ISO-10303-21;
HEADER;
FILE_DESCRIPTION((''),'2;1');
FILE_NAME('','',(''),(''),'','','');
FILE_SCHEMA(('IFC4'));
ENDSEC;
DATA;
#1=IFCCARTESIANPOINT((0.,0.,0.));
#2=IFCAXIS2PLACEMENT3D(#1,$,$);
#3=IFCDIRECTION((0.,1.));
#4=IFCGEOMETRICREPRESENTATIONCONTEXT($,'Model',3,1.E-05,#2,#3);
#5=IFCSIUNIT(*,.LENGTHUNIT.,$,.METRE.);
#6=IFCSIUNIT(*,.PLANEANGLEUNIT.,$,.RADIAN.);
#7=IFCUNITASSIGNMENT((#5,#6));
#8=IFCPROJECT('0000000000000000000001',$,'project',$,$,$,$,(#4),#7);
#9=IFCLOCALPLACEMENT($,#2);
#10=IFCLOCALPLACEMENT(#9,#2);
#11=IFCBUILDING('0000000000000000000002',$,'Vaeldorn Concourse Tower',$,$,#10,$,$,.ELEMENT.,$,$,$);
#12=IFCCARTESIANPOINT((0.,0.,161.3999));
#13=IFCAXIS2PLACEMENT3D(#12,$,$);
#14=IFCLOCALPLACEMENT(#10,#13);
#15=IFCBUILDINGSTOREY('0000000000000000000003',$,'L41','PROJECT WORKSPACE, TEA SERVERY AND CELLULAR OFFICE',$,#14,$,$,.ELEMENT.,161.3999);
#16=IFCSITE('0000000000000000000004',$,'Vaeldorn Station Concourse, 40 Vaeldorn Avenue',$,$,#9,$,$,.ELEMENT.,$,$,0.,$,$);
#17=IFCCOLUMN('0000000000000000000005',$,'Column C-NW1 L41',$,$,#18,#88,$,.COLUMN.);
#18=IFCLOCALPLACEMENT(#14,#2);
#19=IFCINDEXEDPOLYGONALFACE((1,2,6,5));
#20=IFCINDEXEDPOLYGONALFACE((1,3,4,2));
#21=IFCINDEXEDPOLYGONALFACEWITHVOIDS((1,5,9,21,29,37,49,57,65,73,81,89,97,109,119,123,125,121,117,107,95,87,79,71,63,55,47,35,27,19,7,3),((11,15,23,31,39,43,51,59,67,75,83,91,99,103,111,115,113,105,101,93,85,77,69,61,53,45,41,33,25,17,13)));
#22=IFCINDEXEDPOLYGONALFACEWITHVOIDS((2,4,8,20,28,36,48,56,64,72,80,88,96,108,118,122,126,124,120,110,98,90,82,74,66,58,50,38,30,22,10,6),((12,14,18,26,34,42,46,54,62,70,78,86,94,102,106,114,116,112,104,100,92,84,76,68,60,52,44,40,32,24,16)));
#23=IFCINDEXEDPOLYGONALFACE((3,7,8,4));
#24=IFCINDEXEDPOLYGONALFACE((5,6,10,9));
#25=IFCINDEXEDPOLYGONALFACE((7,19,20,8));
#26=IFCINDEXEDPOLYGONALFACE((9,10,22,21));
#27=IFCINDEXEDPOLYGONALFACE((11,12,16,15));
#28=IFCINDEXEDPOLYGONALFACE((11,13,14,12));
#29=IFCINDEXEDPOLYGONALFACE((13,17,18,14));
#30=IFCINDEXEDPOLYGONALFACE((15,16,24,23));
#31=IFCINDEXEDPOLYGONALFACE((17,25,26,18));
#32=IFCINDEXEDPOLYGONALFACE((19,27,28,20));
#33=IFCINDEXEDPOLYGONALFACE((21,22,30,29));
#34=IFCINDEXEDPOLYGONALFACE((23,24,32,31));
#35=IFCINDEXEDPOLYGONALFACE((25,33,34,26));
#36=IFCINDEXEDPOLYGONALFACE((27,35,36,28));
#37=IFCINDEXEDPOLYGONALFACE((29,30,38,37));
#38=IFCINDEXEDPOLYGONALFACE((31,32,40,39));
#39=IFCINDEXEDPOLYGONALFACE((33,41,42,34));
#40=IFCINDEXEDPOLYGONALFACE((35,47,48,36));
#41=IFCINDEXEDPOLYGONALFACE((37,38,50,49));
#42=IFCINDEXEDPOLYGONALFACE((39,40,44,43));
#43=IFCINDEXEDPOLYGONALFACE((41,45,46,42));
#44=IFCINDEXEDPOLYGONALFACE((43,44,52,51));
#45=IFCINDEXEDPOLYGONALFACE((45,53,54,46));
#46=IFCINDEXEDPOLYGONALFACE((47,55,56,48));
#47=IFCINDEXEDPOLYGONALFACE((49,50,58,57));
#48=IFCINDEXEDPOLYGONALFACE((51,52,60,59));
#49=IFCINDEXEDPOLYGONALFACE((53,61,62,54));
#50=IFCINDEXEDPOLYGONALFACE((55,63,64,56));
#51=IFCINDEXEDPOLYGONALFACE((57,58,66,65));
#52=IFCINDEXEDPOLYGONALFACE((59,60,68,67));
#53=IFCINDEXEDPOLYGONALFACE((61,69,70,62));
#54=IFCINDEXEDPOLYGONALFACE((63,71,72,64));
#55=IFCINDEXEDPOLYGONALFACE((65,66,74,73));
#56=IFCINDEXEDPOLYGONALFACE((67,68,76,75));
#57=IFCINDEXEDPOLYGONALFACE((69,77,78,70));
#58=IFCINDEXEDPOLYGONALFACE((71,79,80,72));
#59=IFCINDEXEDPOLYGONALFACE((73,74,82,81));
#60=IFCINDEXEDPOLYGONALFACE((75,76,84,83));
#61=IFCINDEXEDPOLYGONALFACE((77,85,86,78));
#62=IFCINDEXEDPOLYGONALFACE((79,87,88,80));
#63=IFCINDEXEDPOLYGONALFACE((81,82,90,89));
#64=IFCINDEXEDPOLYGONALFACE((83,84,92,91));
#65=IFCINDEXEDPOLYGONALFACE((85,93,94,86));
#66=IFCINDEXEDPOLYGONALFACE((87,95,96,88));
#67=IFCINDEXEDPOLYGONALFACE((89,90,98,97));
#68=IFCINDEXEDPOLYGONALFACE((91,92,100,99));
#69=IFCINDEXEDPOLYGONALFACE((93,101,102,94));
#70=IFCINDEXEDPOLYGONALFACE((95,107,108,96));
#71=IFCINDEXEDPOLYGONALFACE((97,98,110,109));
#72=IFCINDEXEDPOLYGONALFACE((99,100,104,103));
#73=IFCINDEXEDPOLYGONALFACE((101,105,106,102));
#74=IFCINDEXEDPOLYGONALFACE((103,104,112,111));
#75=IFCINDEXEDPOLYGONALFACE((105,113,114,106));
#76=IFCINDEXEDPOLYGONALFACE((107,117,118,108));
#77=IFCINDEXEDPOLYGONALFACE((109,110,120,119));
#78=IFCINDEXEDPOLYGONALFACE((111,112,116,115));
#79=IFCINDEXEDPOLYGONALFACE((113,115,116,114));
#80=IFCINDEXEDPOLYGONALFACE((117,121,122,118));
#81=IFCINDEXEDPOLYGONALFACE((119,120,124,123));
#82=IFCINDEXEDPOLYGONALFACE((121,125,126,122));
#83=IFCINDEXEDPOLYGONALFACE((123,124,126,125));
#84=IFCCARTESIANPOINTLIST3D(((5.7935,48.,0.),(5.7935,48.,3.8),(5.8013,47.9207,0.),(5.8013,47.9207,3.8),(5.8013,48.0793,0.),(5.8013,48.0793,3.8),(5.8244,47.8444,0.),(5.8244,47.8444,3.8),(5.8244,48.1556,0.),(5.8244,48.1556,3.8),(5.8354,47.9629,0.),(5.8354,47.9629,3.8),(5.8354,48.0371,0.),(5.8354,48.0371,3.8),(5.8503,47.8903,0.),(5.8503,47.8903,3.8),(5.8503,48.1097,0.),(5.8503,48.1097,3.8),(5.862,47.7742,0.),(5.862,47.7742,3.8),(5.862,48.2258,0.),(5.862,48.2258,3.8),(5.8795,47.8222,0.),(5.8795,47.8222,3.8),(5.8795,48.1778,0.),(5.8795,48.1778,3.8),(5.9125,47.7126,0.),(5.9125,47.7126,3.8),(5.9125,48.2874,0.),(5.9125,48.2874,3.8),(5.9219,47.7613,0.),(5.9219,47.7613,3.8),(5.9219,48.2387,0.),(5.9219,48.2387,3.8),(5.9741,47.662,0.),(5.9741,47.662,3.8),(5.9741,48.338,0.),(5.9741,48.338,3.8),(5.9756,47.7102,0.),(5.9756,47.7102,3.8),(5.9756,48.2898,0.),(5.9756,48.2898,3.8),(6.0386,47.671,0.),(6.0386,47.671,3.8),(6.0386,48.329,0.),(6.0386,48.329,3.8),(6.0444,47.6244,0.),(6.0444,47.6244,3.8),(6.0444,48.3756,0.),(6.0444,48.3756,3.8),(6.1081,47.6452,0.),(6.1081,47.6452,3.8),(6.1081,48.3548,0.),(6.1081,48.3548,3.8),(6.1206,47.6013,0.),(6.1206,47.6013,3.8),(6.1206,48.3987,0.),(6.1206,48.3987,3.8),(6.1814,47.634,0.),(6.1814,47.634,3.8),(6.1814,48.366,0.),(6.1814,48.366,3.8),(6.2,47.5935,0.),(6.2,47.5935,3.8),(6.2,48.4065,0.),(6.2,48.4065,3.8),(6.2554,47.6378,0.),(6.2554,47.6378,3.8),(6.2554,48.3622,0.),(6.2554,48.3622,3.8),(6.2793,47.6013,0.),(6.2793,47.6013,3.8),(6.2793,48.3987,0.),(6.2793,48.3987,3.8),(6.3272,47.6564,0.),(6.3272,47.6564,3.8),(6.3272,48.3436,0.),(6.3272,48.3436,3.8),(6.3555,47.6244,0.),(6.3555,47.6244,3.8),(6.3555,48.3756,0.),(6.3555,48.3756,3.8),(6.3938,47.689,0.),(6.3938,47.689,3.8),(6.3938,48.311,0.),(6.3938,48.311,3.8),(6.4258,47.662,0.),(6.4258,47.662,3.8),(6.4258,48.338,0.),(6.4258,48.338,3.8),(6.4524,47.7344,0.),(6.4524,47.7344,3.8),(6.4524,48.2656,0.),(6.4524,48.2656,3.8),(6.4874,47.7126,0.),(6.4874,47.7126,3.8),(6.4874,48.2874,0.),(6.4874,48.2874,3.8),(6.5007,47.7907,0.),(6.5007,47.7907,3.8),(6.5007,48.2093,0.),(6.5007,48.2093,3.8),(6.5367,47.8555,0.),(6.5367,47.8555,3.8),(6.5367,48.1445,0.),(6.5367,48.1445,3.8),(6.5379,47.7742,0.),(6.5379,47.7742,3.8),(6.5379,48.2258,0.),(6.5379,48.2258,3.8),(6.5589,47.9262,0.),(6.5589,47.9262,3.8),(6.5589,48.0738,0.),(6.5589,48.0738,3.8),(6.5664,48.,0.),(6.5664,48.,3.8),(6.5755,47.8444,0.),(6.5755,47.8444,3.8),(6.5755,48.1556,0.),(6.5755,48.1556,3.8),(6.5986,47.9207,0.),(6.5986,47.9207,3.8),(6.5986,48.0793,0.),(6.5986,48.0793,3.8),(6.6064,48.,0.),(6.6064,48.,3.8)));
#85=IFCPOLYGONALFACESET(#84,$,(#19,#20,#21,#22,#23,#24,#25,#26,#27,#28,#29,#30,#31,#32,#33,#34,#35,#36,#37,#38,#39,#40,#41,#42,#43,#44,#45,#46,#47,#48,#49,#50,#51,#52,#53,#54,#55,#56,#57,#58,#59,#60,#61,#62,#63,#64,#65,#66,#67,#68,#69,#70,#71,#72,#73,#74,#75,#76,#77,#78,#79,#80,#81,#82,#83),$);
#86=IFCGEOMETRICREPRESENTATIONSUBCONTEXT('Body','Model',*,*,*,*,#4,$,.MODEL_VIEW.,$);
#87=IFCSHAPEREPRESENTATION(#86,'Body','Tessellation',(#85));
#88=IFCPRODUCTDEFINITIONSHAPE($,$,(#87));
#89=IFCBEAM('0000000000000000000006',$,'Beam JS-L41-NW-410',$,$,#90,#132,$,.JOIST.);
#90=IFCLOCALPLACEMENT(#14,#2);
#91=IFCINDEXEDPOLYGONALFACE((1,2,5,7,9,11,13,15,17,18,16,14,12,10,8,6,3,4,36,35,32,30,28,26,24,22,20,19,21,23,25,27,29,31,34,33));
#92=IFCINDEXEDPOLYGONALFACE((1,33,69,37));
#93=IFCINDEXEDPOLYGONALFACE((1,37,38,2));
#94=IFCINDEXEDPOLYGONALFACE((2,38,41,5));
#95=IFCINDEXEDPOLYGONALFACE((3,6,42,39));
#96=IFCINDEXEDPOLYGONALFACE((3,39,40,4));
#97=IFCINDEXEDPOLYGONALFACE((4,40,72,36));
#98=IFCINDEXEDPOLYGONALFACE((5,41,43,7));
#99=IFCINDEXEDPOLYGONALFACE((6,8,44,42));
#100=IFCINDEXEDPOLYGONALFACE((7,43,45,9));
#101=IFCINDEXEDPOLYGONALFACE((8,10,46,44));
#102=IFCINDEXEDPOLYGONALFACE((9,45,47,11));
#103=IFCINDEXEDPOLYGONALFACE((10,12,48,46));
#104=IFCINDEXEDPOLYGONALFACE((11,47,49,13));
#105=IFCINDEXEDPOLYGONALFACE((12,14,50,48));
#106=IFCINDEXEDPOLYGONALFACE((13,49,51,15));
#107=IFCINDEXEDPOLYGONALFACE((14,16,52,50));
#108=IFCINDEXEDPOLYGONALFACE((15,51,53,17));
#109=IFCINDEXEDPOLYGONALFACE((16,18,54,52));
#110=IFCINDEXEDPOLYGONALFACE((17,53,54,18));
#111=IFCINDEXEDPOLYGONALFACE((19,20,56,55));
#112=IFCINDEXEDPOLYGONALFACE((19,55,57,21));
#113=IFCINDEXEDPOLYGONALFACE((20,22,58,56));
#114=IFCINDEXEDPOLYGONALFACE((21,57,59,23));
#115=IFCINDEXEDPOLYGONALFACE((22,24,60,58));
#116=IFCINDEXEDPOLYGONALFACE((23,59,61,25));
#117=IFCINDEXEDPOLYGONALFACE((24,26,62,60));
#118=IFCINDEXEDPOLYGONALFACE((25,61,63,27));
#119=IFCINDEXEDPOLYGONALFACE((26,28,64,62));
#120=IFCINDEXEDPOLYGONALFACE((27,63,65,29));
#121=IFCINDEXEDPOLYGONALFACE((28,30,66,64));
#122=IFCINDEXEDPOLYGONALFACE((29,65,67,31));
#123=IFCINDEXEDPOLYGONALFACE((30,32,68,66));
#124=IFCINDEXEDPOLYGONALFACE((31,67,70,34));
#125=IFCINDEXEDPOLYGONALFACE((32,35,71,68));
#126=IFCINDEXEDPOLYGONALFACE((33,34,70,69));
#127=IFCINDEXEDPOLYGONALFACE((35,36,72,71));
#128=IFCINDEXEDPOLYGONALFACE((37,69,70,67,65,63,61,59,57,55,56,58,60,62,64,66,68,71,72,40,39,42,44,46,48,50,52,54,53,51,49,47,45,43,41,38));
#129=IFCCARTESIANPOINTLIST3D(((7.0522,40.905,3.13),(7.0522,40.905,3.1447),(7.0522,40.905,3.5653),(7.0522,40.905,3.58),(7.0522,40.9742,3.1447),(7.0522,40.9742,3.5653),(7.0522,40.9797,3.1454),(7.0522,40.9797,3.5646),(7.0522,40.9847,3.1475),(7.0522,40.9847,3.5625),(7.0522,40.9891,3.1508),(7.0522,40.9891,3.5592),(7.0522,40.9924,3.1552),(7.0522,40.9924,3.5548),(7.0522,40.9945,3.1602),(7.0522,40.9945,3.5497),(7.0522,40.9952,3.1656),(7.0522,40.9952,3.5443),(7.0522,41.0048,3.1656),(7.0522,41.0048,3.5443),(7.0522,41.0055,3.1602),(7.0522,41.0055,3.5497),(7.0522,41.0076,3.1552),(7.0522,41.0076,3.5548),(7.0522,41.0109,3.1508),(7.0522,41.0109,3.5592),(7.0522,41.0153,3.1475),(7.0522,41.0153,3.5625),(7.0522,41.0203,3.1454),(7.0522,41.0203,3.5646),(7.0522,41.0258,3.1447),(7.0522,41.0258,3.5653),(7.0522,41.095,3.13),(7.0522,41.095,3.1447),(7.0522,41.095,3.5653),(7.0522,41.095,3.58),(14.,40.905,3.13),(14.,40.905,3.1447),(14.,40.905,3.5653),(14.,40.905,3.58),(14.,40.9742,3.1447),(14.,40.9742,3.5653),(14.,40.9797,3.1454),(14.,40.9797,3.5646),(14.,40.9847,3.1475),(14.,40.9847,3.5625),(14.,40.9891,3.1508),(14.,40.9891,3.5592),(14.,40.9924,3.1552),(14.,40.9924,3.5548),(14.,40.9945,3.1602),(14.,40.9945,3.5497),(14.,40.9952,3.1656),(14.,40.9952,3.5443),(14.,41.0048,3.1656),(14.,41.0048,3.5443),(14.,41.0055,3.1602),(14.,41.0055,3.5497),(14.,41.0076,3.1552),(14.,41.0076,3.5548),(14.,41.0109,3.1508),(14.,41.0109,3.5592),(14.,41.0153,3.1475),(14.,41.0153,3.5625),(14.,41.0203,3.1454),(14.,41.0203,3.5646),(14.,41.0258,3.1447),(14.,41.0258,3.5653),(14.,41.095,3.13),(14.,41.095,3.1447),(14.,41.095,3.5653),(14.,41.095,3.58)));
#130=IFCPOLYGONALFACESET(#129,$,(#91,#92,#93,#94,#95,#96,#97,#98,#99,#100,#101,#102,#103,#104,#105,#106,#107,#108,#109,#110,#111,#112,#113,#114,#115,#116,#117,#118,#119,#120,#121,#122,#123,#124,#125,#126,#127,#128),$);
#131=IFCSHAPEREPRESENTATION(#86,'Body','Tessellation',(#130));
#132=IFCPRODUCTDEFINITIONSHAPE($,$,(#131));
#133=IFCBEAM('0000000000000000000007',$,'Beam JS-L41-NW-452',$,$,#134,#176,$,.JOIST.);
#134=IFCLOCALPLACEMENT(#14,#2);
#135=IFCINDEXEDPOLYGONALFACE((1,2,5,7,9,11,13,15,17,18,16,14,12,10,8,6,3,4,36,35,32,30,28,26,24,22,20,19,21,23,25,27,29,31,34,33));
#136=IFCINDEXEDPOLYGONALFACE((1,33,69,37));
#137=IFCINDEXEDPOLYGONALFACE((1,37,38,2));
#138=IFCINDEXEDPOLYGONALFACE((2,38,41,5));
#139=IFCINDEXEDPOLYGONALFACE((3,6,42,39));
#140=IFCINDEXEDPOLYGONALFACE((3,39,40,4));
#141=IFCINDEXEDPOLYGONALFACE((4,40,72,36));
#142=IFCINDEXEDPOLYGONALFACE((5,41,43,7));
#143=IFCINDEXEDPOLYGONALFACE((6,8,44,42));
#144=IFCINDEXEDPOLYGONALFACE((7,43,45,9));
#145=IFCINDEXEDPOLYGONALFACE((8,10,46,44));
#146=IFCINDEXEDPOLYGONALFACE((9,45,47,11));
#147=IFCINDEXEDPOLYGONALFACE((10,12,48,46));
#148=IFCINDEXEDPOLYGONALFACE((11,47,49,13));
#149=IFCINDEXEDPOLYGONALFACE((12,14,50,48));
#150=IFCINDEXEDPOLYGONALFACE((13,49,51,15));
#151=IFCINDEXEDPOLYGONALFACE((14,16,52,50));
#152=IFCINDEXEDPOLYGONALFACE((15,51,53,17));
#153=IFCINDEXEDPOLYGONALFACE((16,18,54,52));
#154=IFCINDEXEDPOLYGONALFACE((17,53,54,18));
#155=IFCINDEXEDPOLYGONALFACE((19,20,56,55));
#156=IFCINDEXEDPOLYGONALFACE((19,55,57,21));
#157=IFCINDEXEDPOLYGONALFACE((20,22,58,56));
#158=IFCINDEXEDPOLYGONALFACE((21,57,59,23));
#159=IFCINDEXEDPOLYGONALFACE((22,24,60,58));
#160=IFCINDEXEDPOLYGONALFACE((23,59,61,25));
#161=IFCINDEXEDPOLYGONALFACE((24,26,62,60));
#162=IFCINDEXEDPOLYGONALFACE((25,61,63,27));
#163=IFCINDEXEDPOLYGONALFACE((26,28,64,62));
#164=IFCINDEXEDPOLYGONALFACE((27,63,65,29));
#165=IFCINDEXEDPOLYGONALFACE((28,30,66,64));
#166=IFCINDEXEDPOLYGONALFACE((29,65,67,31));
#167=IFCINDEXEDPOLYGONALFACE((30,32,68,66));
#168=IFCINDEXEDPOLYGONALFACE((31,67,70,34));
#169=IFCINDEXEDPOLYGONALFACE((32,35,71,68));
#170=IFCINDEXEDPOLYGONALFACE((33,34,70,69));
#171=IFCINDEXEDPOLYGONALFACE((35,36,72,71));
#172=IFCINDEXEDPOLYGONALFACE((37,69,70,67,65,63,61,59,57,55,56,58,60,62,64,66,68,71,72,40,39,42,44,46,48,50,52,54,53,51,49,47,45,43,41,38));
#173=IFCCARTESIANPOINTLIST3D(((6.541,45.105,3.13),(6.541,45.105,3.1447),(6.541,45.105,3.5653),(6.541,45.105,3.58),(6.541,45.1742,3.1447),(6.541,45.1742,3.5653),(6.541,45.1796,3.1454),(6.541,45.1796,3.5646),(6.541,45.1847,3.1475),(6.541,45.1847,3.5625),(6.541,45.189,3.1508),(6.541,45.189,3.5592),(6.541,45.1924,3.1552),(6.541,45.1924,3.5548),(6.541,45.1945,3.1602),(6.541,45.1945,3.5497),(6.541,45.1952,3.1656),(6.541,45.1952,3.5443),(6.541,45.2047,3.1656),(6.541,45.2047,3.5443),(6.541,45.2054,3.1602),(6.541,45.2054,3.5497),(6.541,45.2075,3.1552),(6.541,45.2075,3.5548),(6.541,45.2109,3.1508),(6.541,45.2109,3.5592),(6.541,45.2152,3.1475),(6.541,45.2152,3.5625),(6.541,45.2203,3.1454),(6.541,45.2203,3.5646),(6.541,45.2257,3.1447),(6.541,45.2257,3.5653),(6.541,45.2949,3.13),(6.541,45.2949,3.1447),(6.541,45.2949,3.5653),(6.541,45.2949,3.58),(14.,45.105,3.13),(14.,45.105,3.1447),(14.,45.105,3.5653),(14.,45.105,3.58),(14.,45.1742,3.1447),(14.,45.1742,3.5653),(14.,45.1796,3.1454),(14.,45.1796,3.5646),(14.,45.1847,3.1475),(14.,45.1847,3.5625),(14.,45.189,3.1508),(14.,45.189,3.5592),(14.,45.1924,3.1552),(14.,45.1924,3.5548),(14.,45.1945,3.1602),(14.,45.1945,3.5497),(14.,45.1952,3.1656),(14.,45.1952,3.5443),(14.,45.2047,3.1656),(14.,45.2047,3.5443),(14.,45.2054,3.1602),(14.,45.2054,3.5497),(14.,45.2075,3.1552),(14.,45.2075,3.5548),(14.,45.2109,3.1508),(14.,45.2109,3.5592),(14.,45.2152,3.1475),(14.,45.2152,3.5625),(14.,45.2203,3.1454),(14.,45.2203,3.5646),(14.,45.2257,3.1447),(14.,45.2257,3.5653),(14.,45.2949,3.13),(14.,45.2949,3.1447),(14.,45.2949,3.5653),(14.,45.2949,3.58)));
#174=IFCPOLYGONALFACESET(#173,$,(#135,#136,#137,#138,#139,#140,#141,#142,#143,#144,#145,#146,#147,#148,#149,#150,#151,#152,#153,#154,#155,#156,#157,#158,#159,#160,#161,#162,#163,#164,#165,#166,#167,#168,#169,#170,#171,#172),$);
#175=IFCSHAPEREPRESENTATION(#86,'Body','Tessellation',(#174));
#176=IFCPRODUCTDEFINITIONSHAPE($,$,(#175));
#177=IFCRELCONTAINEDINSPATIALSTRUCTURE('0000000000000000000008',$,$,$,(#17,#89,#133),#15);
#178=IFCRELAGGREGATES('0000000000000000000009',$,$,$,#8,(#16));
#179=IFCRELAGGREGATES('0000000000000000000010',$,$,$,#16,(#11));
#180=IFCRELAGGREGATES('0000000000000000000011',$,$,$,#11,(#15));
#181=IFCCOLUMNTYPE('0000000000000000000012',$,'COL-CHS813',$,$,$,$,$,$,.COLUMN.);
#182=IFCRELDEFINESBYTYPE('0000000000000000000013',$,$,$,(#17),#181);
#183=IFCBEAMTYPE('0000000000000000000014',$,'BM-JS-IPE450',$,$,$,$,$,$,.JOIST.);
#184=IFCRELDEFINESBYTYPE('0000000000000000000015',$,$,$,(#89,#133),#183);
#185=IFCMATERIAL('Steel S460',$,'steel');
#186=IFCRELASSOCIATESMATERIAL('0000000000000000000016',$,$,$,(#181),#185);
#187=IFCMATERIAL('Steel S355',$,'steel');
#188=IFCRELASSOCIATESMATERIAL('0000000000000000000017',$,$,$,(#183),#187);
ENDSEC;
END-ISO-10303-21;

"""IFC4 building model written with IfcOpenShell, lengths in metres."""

from ifc_helpers import new_model, si_unit, direction, frame, origin, origin_2d, place, context, subcontext, project, spatial, hollow_circle, i_section, extrude, source, transform, mapped, material, material_profile, profile_set, type_object, element, save


model = new_model("IFC4")

# Units and contexts
model_context = context("Model", 3, precision=1e-05, world=origin(), true_north=direction((0.0, 1.0)))
body_context = subcontext(model_context, "Body", "Model", "MODEL_VIEW")
ifc_project = project(units=[si_unit("LENGTHUNIT", "METRE"), si_unit("PLANEANGLEUNIT", "RADIAN")], contexts=[model_context])

# Site, building, storey
site_placement = place(None, origin())
site = spatial("IfcSite", under=ifc_project, at=site_placement, Name="Vaeldorn Station Concourse, 40 Vaeldorn Avenue", CompositionType="ELEMENT", RefElevation=0.0)
building_placement = place(site_placement, origin())
building = spatial("IfcBuilding", under=site, at=building_placement, Name="Vaeldorn Concourse Tower", CompositionType="ELEMENT")
storey_placement = place(building_placement, frame((0.0, 0.0, 161.3999)))
storey = spatial("IfcBuildingStorey", under=building, at=storey_placement, Name="L41", Description="PROJECT WORKSPACE, TEA SERVERY AND CELLULAR OFFICE", CompositionType="ELEMENT", Elevation=161.3999)

# Column
ifc_material_1 = material(Name="Steel S460", Category="steel")
ifc_material_profile_1 = material_profile(ifc_material_1, hollow_circle(Radius=0.4065, WallThickness=0.04, at=origin_2d()), Name="CHS 813x40")
ifc_profile_set_1 = profile_set([ifc_material_profile_1], Name="Steel S460")
column_type = type_object("IfcColumnType", Name="COL-CHS813", PredefinedType="COLUMN", material=ifc_profile_set_1)
shared_shape_1 = source(origin(), body_context, "Body", "SweptSolid", [
    extrude(hollow_circle(Radius=0.4065, WallThickness=0.04, at=origin_2d()), origin(), (0.0, 0.0, 1.0), 3.8),
])
column_placement = place(storey_placement, frame((6.2, 48.0, 0.0), z_axis=(0.0, 0.0, 1.0), x_axis=(1.0, 0.0, 0.0)))
element("IfcColumn", 1, at=column_placement, inside=storey, type_object=column_type, Name="Column C-NW1 L41", PredefinedType="COLUMN", context=body_context, shape_type="MappedRepresentation", body=[
    mapped(shared_shape_1, transform((0.0, 0.0, 0.0), scale=1.0)),
])

# Beams
ifc_material_2 = material(Name="Steel S355", Category="steel")
ifc_material_profile_2 = material_profile(ifc_material_2, i_section(OverallWidth=0.1899, OverallDepth=0.45, WebThickness=0.0095, FlangeThickness=0.0146, FilletRadius=0.021, at=origin_2d()), Name="IPE 450")
ifc_profile_set_2 = profile_set([ifc_material_profile_2], Name="Steel S355")
beam_type_1 = type_object("IfcBeamType", Name="BM-JS-IPE450", PredefinedType="JOIST", material=ifc_profile_set_2)
shared_shape_2 = source(origin(), body_context, "Body", "SweptSolid", [
    extrude(i_section(OverallWidth=0.1899, OverallDepth=0.45, WebThickness=0.0095, FlangeThickness=0.0146, FilletRadius=0.021, at=origin_2d()), origin(), (0.0, 0.0, 1.0), 6.9478),
])
beam_1_placement = place(storey_placement, frame((7.0522, 41.0, 3.355), z_axis=(1.0, 0.0, 0.0), x_axis=(0.0, 1.0, 0.0)))
element("IfcBeam", 2, at=beam_1_placement, inside=storey, type_object=beam_type_1, Name="Beam JS-L41-NW-410", PredefinedType="JOIST", context=body_context, shape_type="MappedRepresentation", body=[
    mapped(shared_shape_2, transform((0.0, 0.0, 0.0), scale=1.0)),
])
shared_shape_3 = source(origin(), body_context, "Body", "SweptSolid", [
    extrude(i_section(OverallWidth=0.1899, OverallDepth=0.45, WebThickness=0.0095, FlangeThickness=0.0146, FilletRadius=0.021, at=origin_2d()), origin(), (0.0, 0.0, 1.0), 7.459),
])
beam_2_placement = place(storey_placement, frame((6.541, 45.2, 3.355), z_axis=(1.0, 0.0, 0.0), x_axis=(0.0, 1.0, 0.0)))
element("IfcBeam", 3, at=beam_2_placement, inside=storey, type_object=beam_type_1, Name="Beam JS-L41-NW-452", PredefinedType="JOIST", context=body_context, shape_type="MappedRepresentation", body=[
    mapped(shared_shape_3, transform((0.0, 0.0, 0.0), scale=1.0)),
])

save(model, "model.ifc")
